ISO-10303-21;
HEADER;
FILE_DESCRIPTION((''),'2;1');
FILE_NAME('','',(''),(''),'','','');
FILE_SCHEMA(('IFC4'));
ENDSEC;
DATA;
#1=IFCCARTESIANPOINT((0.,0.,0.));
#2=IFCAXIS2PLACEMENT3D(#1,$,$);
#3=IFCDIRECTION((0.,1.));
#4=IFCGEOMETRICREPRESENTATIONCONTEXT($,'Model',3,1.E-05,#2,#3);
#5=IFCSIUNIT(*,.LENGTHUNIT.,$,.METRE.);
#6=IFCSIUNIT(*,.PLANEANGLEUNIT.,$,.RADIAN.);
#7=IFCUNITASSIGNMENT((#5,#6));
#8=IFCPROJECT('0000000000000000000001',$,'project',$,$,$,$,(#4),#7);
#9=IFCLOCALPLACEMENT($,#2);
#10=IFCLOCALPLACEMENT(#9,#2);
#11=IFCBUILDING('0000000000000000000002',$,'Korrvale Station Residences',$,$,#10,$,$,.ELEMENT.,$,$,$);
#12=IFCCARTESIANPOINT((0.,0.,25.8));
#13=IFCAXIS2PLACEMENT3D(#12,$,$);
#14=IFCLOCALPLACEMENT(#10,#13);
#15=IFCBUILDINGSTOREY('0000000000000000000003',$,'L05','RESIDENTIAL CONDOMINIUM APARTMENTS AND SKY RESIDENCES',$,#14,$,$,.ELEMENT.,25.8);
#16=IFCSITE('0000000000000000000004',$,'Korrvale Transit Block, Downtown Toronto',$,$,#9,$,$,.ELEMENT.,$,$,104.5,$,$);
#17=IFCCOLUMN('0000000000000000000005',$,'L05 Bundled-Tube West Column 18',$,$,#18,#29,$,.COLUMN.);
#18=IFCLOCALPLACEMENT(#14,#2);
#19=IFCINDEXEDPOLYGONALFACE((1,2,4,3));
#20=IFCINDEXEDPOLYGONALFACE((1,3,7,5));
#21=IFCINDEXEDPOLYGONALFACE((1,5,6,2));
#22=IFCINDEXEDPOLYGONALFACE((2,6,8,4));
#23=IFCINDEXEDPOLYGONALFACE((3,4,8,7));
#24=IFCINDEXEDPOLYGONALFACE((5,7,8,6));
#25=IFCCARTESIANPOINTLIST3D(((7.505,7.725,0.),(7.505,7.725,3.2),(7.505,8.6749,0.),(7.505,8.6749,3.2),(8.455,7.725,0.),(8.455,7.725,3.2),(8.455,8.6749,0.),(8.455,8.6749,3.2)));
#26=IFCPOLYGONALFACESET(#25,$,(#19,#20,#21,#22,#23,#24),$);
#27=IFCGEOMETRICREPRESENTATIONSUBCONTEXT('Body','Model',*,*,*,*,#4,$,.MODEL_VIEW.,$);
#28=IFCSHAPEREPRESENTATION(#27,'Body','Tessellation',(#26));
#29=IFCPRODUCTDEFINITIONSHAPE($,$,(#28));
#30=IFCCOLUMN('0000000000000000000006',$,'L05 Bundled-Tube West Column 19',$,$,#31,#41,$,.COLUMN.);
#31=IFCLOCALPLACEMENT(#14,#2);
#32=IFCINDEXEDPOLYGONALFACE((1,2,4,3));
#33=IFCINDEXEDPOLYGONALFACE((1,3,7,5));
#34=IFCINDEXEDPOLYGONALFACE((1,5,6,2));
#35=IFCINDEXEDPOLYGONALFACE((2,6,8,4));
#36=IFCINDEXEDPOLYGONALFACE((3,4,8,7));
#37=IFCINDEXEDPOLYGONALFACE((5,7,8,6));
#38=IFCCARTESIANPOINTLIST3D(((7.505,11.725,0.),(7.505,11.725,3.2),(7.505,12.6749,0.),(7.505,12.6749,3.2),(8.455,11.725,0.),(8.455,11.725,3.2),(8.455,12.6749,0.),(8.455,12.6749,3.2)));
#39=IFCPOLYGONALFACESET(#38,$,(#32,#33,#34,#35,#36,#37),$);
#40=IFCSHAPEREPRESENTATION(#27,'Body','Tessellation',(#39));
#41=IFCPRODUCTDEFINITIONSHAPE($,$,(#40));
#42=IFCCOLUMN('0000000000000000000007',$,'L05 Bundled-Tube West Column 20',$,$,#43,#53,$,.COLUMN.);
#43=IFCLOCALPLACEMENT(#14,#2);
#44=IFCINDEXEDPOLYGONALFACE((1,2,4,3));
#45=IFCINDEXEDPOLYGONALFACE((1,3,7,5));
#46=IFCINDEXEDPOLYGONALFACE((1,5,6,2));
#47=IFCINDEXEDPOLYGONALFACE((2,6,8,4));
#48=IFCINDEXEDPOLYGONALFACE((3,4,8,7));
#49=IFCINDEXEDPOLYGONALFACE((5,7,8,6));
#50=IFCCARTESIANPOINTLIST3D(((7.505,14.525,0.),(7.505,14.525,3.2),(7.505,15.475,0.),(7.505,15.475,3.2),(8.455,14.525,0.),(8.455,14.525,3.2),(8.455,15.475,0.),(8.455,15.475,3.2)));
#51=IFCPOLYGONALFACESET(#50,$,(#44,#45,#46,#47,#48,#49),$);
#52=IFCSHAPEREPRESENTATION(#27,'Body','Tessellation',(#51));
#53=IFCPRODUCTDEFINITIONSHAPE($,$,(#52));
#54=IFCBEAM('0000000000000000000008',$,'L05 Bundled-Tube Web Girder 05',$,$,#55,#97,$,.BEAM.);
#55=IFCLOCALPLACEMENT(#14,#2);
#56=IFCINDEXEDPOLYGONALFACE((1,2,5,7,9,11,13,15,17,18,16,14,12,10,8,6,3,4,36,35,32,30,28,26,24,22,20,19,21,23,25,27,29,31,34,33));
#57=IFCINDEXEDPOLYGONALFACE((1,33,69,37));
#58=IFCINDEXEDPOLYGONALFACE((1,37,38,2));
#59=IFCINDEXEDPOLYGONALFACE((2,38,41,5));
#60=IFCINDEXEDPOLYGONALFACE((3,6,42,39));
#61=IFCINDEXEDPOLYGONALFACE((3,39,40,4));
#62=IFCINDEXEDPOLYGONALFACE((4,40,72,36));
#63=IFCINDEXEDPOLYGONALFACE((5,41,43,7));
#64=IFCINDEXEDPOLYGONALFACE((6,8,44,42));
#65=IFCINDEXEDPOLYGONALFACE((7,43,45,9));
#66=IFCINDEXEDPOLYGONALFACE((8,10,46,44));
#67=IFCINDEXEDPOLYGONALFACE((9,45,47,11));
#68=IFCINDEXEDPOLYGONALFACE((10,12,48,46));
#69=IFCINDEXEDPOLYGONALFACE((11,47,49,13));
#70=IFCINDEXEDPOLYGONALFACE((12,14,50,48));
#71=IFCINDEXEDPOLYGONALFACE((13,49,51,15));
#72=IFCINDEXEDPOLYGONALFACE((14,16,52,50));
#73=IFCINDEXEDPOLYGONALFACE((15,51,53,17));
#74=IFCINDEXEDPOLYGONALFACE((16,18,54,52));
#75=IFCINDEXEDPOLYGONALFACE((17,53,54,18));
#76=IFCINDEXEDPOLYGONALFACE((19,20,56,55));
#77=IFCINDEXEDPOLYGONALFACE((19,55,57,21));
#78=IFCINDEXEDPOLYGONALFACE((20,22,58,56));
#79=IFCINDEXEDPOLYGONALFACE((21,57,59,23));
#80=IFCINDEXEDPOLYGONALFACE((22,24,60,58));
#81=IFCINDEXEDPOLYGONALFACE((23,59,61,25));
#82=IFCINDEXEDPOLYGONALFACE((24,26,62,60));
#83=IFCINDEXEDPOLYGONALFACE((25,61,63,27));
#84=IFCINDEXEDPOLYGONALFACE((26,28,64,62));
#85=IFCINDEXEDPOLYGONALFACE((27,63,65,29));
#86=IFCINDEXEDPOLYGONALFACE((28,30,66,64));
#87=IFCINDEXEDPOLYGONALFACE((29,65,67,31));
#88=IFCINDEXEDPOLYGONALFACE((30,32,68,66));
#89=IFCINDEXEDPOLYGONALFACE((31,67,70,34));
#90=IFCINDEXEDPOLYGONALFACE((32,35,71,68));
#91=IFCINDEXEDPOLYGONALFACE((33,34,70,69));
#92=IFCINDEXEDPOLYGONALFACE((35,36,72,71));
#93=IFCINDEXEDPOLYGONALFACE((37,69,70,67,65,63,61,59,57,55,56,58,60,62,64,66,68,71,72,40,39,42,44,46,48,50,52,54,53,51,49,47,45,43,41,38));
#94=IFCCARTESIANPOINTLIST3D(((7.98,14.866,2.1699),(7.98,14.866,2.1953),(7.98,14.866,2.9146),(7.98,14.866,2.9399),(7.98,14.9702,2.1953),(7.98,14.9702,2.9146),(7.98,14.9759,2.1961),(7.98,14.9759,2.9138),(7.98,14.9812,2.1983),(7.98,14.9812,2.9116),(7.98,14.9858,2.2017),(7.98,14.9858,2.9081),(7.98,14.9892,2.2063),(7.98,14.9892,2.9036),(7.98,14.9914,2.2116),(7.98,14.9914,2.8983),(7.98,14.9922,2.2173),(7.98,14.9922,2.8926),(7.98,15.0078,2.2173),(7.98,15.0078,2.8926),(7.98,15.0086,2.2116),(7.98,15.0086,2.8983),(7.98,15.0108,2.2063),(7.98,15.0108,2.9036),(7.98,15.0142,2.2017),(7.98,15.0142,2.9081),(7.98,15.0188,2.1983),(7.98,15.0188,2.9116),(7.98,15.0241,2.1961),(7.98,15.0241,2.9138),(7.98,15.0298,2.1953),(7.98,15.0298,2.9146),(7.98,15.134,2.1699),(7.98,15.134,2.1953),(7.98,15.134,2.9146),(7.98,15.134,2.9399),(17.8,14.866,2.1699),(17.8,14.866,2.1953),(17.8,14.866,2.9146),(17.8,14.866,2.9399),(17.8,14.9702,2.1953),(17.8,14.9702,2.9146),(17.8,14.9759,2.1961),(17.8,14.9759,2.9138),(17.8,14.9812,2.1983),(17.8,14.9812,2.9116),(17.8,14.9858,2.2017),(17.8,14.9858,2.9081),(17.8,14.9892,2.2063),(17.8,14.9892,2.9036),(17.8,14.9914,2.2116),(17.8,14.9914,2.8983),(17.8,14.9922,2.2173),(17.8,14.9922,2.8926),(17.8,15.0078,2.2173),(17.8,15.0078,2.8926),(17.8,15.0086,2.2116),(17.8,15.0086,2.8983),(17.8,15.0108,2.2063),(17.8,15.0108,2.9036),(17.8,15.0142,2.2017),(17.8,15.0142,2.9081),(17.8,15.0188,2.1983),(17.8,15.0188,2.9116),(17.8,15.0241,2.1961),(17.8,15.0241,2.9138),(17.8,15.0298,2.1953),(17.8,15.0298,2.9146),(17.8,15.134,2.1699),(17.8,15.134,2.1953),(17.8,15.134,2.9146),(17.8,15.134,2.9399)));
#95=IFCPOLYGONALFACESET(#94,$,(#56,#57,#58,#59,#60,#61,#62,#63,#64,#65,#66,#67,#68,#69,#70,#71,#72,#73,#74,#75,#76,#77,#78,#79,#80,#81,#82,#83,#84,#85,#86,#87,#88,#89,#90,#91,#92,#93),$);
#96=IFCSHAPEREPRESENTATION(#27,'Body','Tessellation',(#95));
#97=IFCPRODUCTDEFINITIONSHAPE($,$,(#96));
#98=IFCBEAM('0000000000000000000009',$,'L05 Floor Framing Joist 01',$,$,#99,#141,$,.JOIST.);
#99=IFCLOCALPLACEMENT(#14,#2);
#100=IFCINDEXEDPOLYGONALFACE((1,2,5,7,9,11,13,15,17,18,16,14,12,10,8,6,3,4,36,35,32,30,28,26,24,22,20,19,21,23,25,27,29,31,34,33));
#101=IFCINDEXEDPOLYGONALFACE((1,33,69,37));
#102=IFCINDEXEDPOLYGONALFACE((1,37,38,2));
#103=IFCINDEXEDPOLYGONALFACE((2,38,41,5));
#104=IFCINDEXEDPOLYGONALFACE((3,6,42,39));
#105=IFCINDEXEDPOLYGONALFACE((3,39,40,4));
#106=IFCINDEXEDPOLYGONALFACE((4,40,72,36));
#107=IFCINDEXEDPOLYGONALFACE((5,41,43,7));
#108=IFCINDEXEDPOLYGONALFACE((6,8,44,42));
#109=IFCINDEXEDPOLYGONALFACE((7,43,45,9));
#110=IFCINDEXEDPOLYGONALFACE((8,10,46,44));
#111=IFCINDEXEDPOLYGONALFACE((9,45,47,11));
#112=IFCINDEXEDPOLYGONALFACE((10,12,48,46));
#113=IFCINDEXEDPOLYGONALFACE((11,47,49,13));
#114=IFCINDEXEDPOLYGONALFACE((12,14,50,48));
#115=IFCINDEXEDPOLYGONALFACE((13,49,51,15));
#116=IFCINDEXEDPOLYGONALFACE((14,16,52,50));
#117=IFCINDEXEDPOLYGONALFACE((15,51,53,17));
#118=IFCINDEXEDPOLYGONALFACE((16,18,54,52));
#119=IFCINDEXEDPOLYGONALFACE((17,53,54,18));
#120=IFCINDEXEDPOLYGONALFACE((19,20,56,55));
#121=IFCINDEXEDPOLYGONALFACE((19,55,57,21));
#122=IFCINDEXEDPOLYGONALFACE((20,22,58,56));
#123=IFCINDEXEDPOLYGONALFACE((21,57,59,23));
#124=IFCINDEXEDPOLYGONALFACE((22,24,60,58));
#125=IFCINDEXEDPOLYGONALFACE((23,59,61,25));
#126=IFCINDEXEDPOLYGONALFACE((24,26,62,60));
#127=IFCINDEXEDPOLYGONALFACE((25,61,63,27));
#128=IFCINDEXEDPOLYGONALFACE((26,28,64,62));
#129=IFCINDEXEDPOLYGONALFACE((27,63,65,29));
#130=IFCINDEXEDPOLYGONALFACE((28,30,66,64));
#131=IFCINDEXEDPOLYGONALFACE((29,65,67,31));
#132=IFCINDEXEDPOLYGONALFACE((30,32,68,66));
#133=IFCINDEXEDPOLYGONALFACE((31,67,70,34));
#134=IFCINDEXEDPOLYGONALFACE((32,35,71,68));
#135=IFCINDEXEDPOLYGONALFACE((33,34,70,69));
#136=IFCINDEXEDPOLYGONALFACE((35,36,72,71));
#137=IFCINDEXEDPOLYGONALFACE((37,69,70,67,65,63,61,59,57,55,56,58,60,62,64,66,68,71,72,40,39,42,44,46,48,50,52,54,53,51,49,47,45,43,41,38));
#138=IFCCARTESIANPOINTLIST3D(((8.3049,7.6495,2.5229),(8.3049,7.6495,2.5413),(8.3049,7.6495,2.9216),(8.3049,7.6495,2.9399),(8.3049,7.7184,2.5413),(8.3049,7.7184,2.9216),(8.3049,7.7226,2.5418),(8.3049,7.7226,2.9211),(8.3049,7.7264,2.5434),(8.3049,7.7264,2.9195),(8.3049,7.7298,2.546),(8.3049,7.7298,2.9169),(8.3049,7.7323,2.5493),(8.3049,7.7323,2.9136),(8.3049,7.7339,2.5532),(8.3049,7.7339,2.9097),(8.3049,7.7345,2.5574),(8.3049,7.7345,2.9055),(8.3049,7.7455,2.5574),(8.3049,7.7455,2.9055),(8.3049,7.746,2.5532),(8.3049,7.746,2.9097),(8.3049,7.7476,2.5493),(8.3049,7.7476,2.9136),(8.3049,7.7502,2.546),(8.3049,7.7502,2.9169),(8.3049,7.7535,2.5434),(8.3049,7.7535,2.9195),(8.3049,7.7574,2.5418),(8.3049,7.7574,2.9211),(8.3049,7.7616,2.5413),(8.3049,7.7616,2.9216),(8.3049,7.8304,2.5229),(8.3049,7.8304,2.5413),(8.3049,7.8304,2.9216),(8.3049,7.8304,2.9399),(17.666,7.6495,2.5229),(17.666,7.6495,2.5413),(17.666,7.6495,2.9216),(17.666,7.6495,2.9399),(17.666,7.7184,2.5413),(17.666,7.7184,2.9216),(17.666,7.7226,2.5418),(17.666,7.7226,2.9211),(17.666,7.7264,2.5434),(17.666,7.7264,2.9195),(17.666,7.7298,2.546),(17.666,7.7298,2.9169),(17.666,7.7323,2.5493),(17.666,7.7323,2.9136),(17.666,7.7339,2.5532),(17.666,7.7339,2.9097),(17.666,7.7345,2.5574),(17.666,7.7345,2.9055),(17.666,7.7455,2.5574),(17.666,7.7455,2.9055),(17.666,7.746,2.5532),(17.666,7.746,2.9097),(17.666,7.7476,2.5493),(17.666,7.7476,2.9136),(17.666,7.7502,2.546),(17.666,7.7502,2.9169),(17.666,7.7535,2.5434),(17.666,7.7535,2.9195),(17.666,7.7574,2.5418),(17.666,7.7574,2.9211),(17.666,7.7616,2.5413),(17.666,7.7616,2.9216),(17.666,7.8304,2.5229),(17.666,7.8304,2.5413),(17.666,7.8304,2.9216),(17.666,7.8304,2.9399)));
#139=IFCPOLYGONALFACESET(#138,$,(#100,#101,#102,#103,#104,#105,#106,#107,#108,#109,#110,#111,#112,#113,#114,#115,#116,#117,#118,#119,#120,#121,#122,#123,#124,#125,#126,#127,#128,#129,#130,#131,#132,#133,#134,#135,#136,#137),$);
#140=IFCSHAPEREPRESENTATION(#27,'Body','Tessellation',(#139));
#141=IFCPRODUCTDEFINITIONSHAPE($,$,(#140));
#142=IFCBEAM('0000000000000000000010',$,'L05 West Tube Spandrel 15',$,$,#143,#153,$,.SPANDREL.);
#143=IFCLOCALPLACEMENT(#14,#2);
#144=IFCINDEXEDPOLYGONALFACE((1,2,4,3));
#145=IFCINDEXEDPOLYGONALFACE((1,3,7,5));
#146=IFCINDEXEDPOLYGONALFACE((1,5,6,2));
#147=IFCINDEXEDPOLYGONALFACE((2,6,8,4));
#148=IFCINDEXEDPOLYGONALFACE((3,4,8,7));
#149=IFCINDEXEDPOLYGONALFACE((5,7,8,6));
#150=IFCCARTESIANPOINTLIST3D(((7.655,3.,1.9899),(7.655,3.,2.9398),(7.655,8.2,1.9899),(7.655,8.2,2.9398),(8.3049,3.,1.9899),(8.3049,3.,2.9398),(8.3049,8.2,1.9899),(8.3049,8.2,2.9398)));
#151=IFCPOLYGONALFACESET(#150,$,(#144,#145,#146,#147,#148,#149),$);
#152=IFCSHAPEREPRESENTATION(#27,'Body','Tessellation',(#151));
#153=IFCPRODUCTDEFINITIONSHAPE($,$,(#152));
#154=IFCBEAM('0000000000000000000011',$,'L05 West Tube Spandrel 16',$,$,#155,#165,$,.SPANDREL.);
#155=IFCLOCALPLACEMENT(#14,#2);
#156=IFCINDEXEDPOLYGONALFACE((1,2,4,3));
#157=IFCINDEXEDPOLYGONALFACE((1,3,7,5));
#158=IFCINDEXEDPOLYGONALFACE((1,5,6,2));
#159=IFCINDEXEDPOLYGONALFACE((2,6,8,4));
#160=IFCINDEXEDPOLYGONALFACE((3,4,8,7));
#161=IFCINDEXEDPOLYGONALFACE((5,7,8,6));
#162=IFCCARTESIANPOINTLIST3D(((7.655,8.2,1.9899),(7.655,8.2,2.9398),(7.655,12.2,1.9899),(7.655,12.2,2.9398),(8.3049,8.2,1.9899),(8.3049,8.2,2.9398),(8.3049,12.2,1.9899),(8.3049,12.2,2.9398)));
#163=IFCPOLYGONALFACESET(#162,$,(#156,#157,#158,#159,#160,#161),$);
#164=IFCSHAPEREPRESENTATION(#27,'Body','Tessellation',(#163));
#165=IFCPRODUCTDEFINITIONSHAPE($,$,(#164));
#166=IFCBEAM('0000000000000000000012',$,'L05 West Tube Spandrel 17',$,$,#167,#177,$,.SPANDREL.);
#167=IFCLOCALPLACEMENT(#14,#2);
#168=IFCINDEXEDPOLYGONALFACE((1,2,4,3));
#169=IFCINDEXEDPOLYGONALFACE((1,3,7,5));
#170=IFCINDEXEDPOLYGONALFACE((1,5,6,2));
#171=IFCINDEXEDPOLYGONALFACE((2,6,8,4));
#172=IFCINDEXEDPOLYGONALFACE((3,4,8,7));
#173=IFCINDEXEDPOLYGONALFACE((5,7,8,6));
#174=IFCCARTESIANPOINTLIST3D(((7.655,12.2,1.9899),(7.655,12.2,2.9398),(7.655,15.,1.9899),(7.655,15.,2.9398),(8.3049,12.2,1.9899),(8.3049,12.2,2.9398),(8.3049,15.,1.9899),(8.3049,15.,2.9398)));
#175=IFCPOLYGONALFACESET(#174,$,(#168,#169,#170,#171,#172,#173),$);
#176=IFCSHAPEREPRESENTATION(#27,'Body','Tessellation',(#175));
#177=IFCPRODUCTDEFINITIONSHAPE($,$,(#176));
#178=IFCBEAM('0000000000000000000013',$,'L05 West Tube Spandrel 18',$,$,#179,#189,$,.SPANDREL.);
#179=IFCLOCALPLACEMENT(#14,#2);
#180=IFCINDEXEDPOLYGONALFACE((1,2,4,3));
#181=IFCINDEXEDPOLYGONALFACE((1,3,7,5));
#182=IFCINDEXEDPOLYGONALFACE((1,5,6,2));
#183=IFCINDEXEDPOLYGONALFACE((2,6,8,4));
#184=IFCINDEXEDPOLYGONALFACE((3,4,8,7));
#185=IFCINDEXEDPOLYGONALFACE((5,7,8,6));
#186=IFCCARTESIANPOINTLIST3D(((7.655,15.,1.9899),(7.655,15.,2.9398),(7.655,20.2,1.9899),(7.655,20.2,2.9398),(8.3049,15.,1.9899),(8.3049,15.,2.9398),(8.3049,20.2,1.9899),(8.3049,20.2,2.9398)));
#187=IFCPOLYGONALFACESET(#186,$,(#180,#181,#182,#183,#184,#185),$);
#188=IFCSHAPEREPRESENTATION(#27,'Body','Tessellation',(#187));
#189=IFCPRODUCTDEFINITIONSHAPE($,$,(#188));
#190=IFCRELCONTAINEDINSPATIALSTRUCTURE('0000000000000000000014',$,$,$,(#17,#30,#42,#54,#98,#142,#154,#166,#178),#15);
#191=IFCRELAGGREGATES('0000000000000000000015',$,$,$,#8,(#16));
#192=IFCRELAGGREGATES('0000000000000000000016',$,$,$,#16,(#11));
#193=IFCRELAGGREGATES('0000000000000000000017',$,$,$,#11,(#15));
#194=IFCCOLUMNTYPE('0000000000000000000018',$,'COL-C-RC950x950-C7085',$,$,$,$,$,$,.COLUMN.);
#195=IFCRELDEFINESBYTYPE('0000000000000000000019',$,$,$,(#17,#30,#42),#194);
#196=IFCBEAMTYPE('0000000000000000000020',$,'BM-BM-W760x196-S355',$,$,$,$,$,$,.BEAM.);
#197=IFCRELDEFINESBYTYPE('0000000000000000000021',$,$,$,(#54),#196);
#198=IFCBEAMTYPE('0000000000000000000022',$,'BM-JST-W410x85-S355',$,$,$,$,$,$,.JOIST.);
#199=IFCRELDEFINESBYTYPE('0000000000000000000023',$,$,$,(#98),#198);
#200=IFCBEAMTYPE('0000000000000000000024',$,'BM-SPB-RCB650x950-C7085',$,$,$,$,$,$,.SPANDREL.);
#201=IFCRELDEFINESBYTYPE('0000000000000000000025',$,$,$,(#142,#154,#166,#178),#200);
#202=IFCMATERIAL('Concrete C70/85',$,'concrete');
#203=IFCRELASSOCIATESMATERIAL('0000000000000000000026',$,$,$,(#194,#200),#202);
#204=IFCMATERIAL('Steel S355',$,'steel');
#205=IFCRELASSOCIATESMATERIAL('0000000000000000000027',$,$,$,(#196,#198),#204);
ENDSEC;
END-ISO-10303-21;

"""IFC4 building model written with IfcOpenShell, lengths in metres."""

from ifc_helpers import new_model, si_unit, direction, frame, origin, origin_2d, place, context, subcontext, project, spatial, rectangle, i_section, extrude, material, material_profile, profile_set, type_object, element, save


model = new_model("IFC4")

# Units and contexts
model_context = context("Model", 3, precision=1e-05, world=origin(), true_north=direction((0.0, 1.0)))
body_context = subcontext(model_context, "Body", "Model", "MODEL_VIEW")
ifc_project = project(units=[si_unit("LENGTHUNIT", "METRE"), si_unit("PLANEANGLEUNIT", "RADIAN")], contexts=[model_context])

# Site, building, storey
site_placement = place(None, origin())
site = spatial("IfcSite", under=ifc_project, at=site_placement, Name="Korrvale Transit Block, Downtown Toronto", CompositionType="ELEMENT", RefElevation=104.5)
building_placement = place(site_placement, origin())
building = spatial("IfcBuilding", under=site, at=building_placement, Name="Korrvale Station Residences", CompositionType="ELEMENT")
storey_placement = place(building_placement, frame((0.0, 0.0, 25.8)))
storey = spatial("IfcBuildingStorey", under=building, at=storey_placement, Name="L05", Description="RESIDENTIAL CONDOMINIUM APARTMENTS AND SKY RESIDENCES", CompositionType="ELEMENT", Elevation=25.8)

# Columns
ifc_material_1 = material(Name="Concrete C70/85", Category="concrete")
ifc_material_profile_1 = material_profile(ifc_material_1, rectangle(XDim=0.95, YDim=0.95, at=origin_2d()), Name="RC950x950")
ifc_profile_set_1 = profile_set([ifc_material_profile_1], Name="Concrete C70/85")
column_type = type_object("IfcColumnType", Name="COL-C-RC950x950-C7085", PredefinedType="COLUMN", material=ifc_profile_set_1)
for number, where, z_axis, x_axis, name in (
    (1, (7.98, 8.2, 0.0), (0.0, 0.0, 1.0), (1.0, 0.0, 0.0), "L05 Bundled-Tube West Column 18"),
    (2, (7.98, 12.2, 0.0), (0.0, 0.0, 1.0), (1.0, 0.0, 0.0), "L05 Bundled-Tube West Column 19"),
    (3, (7.98, 15.0, 0.0), (0.0, 0.0, 1.0), (1.0, 0.0, 0.0), "L05 Bundled-Tube West Column 20"),
):
    element("IfcColumn", number, at=place(storey_placement, frame(where, z_axis=z_axis, x_axis=x_axis)), inside=storey, type_object=column_type, Name=name, PredefinedType="COLUMN", context=body_context, shape_type="SweptSolid", body=[
        extrude(rectangle(XDim=0.95, YDim=0.95, at=origin_2d()), origin(), (0.0, 0.0, 1.0), 3.2),
    ])

# Beams
ifc_material_2 = material(Name="Steel S355", Category="steel")
ifc_material_profile_2 = material_profile(ifc_material_2, i_section(OverallWidth=0.2681, OverallDepth=0.77, WebThickness=0.0156, FlangeThickness=0.0254, FilletRadius=0.022, at=origin_2d()), Name="W760x196")
ifc_profile_set_2 = profile_set([ifc_material_profile_2], Name="Steel S355")
beam_type_1 = type_object("IfcBeamType", Name="BM-BM-W760x196-S355", PredefinedType="BEAM", material=ifc_profile_set_2)
beam_1_placement = place(storey_placement, frame((7.98, 15.0, 2.5549), z_axis=(1.0, 0.0, 0.0), x_axis=(0.0, 1.0, 0.0)))
element("IfcBeam", 4, at=beam_1_placement, inside=storey, type_object=beam_type_1, Name="L05 Bundled-Tube Web Girder 05", PredefinedType="BEAM", context=body_context, shape_type="SweptSolid", body=[
    extrude(i_section(OverallWidth=0.2681, OverallDepth=0.77, WebThickness=0.0156, FlangeThickness=0.0254, FilletRadius=0.022, at=origin_2d()), origin(), (0.0, 0.0, 1.0), 9.8201),
])
ifc_material_profile_3 = material_profile(ifc_material_2, i_section(OverallWidth=0.1809, OverallDepth=0.417, WebThickness=0.011, FlangeThickness=0.0183, FilletRadius=0.0161, at=origin_2d()), Name="W410x85")
ifc_profile_set_3 = profile_set([ifc_material_profile_3], Name="Steel S355")
beam_type_2 = type_object("IfcBeamType", Name="BM-JST-W410x85-S355", PredefinedType="JOIST", material=ifc_profile_set_3)
beam_2_placement = place(storey_placement, frame((8.3049, 7.74, 2.7314), z_axis=(1.0, 0.0, 0.0), x_axis=(0.0, 1.0, 0.0)))
element("IfcBeam", 5, at=beam_2_placement, inside=storey, type_object=beam_type_2, Name="L05 Floor Framing Joist 01", PredefinedType="JOIST", context=body_context, shape_type="SweptSolid", body=[
    extrude(i_section(OverallWidth=0.1809, OverallDepth=0.417, WebThickness=0.011, FlangeThickness=0.0183, FilletRadius=0.0161, at=origin_2d()), origin(), (0.0, 0.0, 1.0), 9.3611),
])
ifc_material_profile_4 = material_profile(ifc_material_1, rectangle(XDim=0.6499, YDim=0.95, at=origin_2d()), Name="RCB650x950")
ifc_profile_set_4 = profile_set([ifc_material_profile_4], Name="Concrete C70/85")
beam_type_3 = type_object("IfcBeamType", Name="BM-SPB-RCB650x950-C7085", PredefinedType="SPANDREL", material=ifc_profile_set_4)
beam_3_placement = place(storey_placement, frame((7.98, 3.0, 2.4648), z_axis=(0.0, 1.0, 0.0), x_axis=(-1.0, 0.0, 0.0)))
element("IfcBeam", 6, at=beam_3_placement, inside=storey, type_object=beam_type_3, Name="L05 West Tube Spandrel 15", PredefinedType="SPANDREL", context=body_context, shape_type="SweptSolid", body=[
    extrude(rectangle(XDim=0.6499, YDim=0.95, at=origin_2d()), origin(), (0.0, 0.0, 1.0), 5.2),
])
beam_4_placement = place(storey_placement, frame((7.98, 8.2, 2.4648), z_axis=(0.0, 1.0, 0.0), x_axis=(-1.0, 0.0, 0.0)))
element("IfcBeam", 7, at=beam_4_placement, inside=storey, type_object=beam_type_3, Name="L05 West Tube Spandrel 16", PredefinedType="SPANDREL", context=body_context, shape_type="SweptSolid", body=[
    extrude(rectangle(XDim=0.6499, YDim=0.95, at=origin_2d()), origin(), (0.0, 0.0, 1.0), 4.0),
])
beam_5_placement = place(storey_placement, frame((7.98, 12.2, 2.4648), z_axis=(0.0, 1.0, 0.0), x_axis=(-1.0, 0.0, 0.0)))
element("IfcBeam", 8, at=beam_5_placement, inside=storey, type_object=beam_type_3, Name="L05 West Tube Spandrel 17", PredefinedType="SPANDREL", context=body_context, shape_type="SweptSolid", body=[
    extrude(rectangle(XDim=0.6499, YDim=0.95, at=origin_2d()), origin(), (0.0, 0.0, 1.0), 2.8),
])
beam_6_placement = place(storey_placement, frame((7.98, 15.0, 2.4648), z_axis=(0.0, 1.0, 0.0), x_axis=(-1.0, 0.0, 0.0)))
element("IfcBeam", 9, at=beam_6_placement, inside=storey, type_object=beam_type_3, Name="L05 West Tube Spandrel 18", PredefinedType="SPANDREL", context=body_context, shape_type="SweptSolid", body=[
    extrude(rectangle(XDim=0.6499, YDim=0.95, at=origin_2d()), origin(), (0.0, 0.0, 1.0), 5.2),
])

save(model, "model.ifc")
